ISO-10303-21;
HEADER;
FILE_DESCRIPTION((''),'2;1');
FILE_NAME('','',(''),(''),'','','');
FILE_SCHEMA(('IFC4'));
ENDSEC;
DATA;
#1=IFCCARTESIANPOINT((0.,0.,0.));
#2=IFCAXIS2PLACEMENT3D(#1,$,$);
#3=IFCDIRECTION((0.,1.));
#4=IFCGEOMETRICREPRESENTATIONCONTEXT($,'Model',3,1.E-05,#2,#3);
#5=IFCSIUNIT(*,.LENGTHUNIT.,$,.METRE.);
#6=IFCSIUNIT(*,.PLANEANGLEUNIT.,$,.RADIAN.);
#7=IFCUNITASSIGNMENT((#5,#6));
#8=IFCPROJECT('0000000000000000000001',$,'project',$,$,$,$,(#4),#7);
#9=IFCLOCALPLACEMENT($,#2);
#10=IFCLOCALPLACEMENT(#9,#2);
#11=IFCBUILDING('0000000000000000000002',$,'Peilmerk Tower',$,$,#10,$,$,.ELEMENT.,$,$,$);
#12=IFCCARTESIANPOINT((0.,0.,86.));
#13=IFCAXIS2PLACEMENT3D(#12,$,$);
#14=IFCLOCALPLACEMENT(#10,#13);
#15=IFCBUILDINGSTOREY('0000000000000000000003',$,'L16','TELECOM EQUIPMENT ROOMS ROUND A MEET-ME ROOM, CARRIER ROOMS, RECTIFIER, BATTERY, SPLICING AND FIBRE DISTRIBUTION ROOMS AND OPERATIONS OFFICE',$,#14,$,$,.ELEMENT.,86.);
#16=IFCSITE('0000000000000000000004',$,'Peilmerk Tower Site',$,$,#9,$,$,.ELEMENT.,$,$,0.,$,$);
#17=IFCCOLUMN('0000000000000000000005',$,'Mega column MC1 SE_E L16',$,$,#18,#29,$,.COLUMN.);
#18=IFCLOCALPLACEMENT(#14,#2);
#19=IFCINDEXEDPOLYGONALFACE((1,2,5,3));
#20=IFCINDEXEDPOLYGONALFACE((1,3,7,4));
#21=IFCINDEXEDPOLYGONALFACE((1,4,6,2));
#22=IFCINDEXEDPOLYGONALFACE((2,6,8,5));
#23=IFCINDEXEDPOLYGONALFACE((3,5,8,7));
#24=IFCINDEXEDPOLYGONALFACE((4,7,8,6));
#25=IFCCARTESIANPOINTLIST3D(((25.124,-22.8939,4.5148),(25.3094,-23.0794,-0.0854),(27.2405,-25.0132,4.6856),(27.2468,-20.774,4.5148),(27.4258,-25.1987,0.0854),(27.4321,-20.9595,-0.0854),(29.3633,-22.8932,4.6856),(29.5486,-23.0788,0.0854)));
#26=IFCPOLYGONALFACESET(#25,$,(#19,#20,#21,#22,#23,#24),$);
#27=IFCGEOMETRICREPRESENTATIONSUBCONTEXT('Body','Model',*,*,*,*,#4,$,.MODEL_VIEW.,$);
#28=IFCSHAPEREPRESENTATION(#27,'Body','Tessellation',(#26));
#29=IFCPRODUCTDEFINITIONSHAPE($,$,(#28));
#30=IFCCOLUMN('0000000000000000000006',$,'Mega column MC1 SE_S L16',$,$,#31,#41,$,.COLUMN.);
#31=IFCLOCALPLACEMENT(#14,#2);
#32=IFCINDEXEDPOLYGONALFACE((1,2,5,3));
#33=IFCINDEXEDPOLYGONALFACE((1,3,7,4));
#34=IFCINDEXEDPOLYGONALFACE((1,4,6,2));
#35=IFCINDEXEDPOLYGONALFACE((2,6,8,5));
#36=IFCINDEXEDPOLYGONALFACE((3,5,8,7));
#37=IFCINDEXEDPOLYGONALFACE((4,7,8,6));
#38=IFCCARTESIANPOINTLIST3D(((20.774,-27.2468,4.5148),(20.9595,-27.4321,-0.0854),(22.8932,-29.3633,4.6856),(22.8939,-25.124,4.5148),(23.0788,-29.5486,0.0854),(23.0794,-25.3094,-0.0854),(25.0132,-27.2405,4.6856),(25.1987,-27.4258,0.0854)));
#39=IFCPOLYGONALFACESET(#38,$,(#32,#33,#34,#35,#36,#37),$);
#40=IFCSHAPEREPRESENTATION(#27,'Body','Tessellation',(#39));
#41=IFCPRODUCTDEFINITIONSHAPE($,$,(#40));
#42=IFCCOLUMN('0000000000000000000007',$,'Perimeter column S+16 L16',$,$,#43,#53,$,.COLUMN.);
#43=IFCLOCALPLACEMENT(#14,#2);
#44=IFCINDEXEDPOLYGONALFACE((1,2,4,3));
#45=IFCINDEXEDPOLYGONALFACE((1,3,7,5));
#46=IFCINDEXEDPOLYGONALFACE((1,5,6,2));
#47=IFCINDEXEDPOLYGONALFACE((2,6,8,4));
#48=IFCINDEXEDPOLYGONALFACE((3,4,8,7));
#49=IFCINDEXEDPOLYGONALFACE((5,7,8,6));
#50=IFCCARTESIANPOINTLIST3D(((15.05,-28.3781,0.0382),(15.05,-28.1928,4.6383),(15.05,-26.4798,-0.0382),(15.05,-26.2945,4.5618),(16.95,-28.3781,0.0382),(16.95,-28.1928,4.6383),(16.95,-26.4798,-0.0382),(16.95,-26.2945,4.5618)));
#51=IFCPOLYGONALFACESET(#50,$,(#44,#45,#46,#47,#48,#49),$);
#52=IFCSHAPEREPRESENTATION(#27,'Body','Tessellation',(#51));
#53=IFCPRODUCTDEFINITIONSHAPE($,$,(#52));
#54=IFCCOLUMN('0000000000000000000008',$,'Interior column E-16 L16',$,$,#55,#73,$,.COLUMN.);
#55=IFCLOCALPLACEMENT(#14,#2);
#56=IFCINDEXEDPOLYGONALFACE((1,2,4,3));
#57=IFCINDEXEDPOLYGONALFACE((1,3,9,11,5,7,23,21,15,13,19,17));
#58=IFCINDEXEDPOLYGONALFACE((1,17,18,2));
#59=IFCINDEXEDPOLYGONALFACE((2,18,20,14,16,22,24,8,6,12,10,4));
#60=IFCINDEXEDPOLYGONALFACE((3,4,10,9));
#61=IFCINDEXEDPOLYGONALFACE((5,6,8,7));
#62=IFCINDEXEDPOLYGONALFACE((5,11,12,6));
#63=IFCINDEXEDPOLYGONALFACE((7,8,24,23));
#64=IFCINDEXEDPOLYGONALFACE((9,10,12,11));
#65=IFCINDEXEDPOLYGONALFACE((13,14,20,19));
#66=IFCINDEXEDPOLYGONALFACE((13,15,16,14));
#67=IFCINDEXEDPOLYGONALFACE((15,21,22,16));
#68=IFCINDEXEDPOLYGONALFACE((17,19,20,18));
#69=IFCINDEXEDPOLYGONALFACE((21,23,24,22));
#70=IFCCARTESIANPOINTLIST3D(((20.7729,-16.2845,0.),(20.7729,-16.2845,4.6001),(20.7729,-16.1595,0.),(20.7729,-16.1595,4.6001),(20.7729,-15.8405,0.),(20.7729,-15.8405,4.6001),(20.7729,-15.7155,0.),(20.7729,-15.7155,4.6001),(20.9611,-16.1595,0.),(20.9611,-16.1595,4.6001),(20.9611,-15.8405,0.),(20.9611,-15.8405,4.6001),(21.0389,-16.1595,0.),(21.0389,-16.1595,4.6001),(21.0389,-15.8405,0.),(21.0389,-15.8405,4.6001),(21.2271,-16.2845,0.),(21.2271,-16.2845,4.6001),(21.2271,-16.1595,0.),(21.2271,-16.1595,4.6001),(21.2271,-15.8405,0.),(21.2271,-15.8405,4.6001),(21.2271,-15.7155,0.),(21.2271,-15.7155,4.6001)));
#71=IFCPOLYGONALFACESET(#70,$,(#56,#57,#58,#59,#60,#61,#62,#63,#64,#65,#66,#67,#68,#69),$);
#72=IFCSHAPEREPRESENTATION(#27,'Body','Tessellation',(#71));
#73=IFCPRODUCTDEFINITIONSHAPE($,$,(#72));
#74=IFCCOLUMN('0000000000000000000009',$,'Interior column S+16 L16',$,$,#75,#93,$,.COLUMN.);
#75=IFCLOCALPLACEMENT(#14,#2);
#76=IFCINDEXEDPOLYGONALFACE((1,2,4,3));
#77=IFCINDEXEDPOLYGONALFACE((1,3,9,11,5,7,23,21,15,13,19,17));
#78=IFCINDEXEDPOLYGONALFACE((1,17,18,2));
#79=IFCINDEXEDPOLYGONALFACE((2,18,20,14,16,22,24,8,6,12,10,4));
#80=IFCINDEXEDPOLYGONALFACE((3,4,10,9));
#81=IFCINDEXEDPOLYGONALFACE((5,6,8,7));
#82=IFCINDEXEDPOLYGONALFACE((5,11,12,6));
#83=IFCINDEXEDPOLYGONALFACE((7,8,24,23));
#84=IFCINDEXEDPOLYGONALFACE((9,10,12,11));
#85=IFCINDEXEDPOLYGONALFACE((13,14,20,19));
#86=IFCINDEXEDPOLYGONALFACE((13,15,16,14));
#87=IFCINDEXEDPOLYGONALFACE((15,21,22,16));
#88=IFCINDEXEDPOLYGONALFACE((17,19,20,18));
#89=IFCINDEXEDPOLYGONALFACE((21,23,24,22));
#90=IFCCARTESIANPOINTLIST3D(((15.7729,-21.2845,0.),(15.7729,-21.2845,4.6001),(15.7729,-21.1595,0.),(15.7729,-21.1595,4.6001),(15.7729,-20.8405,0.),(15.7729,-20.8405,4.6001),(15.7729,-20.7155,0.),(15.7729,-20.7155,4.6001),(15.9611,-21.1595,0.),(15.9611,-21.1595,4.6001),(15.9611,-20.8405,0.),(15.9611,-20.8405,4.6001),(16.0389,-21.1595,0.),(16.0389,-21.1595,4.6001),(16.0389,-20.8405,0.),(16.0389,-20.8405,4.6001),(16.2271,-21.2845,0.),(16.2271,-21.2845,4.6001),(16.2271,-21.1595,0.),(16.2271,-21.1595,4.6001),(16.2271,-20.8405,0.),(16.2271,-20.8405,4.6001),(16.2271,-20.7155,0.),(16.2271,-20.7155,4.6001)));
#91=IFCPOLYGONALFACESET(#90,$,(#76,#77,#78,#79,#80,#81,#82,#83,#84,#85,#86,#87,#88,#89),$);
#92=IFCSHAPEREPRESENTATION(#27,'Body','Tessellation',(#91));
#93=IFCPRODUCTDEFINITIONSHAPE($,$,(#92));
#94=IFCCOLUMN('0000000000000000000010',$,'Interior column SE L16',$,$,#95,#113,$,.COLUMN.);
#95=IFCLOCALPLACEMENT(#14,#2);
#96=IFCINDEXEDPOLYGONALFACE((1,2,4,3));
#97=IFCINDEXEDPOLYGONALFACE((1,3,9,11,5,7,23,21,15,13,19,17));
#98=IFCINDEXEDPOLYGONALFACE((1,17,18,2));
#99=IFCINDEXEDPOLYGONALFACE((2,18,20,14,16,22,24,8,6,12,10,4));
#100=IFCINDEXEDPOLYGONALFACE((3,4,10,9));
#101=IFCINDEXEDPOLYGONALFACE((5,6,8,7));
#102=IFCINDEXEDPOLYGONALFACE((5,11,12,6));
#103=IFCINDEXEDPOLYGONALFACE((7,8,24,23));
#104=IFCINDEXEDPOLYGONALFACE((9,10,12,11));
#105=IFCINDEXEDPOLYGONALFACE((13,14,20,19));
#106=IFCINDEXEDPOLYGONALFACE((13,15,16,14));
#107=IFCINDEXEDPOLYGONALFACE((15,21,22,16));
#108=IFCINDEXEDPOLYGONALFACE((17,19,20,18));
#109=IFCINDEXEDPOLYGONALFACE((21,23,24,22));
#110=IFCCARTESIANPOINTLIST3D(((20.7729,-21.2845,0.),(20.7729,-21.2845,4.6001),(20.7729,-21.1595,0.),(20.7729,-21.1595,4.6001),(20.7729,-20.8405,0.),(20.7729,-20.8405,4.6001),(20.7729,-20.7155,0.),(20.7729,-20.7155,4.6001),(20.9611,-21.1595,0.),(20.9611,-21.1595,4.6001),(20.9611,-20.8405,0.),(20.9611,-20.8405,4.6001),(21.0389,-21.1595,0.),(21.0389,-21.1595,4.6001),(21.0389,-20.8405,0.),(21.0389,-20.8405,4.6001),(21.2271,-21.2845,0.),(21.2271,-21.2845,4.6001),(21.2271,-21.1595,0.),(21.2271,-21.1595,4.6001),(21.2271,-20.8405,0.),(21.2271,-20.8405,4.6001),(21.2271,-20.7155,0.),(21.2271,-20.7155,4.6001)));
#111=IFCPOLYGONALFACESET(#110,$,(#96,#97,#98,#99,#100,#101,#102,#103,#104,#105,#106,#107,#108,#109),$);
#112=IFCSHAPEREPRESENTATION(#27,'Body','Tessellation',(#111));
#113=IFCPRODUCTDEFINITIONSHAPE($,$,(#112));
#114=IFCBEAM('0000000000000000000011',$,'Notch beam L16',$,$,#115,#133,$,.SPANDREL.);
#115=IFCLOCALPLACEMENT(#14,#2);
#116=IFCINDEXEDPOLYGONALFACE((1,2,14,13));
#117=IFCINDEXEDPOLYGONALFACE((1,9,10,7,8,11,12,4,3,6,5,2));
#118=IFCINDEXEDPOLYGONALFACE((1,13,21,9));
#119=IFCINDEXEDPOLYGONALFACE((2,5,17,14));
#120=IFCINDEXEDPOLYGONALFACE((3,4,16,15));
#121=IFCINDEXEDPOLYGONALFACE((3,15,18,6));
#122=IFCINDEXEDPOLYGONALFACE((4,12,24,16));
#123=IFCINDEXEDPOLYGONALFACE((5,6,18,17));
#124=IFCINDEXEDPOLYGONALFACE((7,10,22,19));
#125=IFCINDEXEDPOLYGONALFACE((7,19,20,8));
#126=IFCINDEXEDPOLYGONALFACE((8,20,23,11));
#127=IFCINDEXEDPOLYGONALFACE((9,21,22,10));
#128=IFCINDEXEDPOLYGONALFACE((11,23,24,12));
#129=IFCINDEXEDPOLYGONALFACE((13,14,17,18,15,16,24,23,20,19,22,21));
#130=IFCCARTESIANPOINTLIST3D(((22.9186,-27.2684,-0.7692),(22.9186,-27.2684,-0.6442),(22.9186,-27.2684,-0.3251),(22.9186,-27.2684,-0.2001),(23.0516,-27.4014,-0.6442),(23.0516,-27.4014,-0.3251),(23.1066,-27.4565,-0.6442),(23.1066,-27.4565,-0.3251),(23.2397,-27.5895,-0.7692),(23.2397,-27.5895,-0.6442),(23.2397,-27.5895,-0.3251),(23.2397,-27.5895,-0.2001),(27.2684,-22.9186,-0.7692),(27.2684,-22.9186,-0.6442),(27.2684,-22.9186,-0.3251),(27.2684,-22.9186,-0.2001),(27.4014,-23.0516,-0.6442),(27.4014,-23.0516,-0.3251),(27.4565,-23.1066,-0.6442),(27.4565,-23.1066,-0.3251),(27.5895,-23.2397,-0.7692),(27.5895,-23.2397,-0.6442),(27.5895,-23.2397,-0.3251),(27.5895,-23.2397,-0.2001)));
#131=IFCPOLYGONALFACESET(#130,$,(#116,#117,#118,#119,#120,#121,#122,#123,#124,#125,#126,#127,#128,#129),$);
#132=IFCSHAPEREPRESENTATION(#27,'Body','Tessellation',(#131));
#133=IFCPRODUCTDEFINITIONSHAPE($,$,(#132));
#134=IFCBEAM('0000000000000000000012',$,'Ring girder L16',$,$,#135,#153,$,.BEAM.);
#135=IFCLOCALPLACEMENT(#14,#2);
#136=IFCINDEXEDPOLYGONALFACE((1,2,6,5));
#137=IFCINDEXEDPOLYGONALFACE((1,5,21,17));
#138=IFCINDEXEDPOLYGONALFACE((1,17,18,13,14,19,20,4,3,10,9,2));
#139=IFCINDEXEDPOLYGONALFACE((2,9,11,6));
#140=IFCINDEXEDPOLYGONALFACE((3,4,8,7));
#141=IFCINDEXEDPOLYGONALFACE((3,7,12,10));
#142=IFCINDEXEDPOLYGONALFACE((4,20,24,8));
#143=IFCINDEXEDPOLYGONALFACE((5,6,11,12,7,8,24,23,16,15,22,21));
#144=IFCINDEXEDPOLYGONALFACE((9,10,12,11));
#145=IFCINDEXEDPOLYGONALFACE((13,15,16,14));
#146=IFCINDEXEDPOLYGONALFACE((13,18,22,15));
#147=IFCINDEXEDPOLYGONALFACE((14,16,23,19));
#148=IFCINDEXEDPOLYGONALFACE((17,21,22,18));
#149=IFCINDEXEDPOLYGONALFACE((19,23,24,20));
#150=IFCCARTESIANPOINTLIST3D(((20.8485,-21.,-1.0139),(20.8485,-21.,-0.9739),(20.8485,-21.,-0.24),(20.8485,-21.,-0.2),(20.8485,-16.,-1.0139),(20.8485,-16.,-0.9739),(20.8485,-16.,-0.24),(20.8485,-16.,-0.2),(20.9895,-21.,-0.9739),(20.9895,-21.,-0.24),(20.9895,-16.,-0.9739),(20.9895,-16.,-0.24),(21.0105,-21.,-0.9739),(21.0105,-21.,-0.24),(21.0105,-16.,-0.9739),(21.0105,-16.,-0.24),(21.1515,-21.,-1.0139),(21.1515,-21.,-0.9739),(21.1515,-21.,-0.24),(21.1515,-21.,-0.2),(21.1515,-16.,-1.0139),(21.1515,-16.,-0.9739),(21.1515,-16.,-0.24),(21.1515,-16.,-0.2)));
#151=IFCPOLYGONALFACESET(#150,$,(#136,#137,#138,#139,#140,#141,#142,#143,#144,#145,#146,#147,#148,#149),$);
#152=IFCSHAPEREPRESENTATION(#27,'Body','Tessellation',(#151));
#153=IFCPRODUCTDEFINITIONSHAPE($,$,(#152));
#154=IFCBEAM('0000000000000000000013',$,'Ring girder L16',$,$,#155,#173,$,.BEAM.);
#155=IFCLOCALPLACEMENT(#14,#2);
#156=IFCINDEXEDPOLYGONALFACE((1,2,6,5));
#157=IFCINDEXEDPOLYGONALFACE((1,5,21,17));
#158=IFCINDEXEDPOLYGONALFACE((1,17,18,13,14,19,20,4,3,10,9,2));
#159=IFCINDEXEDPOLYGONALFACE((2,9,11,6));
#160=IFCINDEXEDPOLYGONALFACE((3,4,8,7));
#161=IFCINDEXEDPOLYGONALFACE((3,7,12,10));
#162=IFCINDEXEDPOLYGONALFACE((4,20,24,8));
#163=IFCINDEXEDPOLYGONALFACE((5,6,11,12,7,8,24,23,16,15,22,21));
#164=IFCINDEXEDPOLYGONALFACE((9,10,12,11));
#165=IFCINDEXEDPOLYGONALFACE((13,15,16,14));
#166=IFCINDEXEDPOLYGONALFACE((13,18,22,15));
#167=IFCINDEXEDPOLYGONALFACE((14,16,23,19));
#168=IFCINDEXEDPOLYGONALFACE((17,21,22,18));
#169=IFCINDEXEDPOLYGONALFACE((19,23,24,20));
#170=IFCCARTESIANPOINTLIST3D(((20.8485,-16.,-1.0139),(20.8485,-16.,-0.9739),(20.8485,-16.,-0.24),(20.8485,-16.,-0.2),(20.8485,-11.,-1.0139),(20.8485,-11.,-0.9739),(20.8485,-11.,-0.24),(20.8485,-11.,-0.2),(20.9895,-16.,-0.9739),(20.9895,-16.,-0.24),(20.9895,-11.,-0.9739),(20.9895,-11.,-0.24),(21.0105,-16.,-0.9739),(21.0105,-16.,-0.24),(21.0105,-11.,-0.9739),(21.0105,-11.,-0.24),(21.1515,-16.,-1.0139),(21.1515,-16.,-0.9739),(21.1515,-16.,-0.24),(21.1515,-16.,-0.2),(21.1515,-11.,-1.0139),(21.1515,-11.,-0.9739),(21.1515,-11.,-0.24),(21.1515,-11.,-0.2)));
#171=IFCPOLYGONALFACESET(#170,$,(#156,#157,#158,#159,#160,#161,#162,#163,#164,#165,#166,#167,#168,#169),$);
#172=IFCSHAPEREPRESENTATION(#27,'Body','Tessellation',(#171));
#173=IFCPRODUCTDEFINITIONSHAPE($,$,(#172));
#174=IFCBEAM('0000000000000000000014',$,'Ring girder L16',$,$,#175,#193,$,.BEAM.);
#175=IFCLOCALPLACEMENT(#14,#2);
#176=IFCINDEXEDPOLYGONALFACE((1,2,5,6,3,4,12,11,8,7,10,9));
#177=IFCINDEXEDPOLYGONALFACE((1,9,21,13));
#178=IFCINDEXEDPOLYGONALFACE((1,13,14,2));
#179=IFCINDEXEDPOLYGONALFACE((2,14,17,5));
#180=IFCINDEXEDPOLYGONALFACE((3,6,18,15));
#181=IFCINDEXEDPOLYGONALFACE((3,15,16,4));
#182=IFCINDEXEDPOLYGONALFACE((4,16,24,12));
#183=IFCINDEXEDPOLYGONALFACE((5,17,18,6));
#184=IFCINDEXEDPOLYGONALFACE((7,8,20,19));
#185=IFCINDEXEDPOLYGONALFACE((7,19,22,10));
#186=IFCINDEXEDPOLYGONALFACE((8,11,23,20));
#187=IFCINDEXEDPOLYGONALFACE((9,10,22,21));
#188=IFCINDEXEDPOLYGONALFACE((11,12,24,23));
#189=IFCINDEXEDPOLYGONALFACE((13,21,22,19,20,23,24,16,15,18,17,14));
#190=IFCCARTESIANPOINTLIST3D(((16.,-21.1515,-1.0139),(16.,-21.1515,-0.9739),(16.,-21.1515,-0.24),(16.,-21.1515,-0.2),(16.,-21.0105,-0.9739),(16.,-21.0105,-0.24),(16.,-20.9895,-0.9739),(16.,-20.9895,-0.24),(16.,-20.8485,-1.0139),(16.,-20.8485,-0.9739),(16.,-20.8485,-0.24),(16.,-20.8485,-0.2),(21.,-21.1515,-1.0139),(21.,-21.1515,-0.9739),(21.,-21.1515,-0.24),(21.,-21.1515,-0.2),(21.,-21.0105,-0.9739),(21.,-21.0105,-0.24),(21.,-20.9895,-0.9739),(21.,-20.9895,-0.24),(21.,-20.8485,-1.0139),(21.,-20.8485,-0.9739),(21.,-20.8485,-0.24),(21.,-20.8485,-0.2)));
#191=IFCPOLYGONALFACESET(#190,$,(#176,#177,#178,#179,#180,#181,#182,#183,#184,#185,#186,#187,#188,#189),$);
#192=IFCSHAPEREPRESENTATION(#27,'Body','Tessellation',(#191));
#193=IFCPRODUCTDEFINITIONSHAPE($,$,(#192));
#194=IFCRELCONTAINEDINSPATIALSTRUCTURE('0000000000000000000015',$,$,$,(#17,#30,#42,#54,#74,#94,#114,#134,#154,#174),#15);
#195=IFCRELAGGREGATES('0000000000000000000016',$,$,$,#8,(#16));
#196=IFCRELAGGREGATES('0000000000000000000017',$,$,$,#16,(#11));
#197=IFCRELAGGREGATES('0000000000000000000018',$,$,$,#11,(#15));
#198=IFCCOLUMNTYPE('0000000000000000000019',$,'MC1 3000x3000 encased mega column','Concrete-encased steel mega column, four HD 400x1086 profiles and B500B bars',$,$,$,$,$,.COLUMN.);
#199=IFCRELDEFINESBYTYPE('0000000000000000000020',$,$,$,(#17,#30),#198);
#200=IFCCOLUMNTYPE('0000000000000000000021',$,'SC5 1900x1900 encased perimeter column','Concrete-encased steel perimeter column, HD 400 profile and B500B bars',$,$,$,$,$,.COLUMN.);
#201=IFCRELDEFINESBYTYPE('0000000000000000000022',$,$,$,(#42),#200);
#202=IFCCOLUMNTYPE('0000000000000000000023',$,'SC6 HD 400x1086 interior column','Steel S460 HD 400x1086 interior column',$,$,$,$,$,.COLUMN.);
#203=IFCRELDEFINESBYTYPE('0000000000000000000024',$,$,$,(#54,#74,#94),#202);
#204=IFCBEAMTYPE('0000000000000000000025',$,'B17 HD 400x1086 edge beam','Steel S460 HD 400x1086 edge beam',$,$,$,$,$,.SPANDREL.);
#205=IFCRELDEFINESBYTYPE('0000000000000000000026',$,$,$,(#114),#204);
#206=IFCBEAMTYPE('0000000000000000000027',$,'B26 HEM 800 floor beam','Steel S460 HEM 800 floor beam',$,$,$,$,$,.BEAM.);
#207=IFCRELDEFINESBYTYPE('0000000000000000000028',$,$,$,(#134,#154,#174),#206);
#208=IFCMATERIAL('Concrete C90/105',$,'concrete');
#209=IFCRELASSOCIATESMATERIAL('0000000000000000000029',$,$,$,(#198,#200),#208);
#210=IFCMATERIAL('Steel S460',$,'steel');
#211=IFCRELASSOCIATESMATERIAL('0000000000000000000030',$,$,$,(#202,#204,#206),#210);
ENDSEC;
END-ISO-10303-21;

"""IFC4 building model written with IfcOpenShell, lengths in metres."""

from ifc_helpers import new_model, si_unit, direction, frame, origin, origin_2d, place, context, subcontext, project, spatial, rectangle, i_section, extrude, material, material_profile, profile_set, type_object, element, save


model = new_model("IFC4")

# Units and contexts
model_context = context("Model", 3, precision=1e-05, world=origin(), true_north=direction((0.0, 1.0)))
body_context = subcontext(model_context, "Body", "Model", "MODEL_VIEW")
ifc_project = project(units=[si_unit("LENGTHUNIT", "METRE"), si_unit("PLANEANGLEUNIT", "RADIAN")], contexts=[model_context])

# Site, building, storey
site_placement = place(None, origin())
site = spatial("IfcSite", under=ifc_project, at=site_placement, Name="Peilmerk Tower Site", CompositionType="ELEMENT", RefElevation=0.0)
building_placement = place(site_placement, origin())
building = spatial("IfcBuilding", under=site, at=building_placement, Name="Peilmerk Tower", CompositionType="ELEMENT")
storey_placement = place(building_placement, frame((0.0, 0.0, 86.0)))
storey = spatial("IfcBuildingStorey", under=building, at=storey_placement, Name="L16", Description="TELECOM EQUIPMENT ROOMS ROUND A MEET-ME ROOM, CARRIER ROOMS, RECTIFIER, BATTERY, SPLICING AND FIBRE DISTRIBUTION ROOMS AND OPERATIONS OFFICE", CompositionType="ELEMENT", Elevation=86.0)

# Columns
ifc_material_1 = material(Name="Concrete C90/105", Category="concrete")
ifc_material_profile_1 = material_profile(ifc_material_1, rectangle(XDim=3.0, YDim=3.0, at=origin_2d()), Name="RC 3000x3000")
ifc_profile_set_1 = profile_set([ifc_material_profile_1], Name="Concrete C90/105")
column_type_1 = type_object("IfcColumnType", Name="MC1 3000x3000 encased mega column", Description="Concrete-encased steel mega column, four HD 400x1086 profiles and B500B bars", PredefinedType="COLUMN", material=ifc_profile_set_1)
for number, where, z_axis, x_axis, name in (
    (1, (27.429, -23.0791, 0.0), (-0.040217, 0.04027, 0.998379), (-0.707572, -0.706641, 0.0), "Mega column MC1 SE_E L16"),
    (2, (23.0791, -27.429, 0.0), (-0.04027, 0.040217, 0.998379), (-0.706641, -0.707572, 0.0), "Mega column MC1 SE_S L16"),
):
    element("IfcColumn", number, at=place(storey_placement, frame(where, z_axis=z_axis, x_axis=x_axis)), inside=storey, type_object=column_type_1, Name=name, PredefinedType="COLUMN", context=body_context, shape_type="SweptSolid", body=[
        extrude(rectangle(XDim=3.0, YDim=3.0, at=origin_2d()), origin(), (0.0, 0.0, 1.0), 4.6077),
    ])
ifc_material_profile_2 = material_profile(ifc_material_1, rectangle(XDim=1.8999, YDim=1.8999, at=origin_2d()), Name="RC 1900x1900")
ifc_profile_set_2 = profile_set([ifc_material_profile_2], Name="Concrete C90/105")
column_type_2 = type_object("IfcColumnType", Name="SC5 1900x1900 encased perimeter column", Description="Concrete-encased steel perimeter column, HD 400 profile and B500B bars", PredefinedType="COLUMN", material=ifc_profile_set_2)
column_placement = place(storey_placement, frame((16.0, -27.429, 0.0), z_axis=(0.0, 0.04025, 0.99919), x_axis=(-1.0, 0.0, 0.0)))
element("IfcColumn", 3, at=column_placement, inside=storey, type_object=column_type_2, Name="Perimeter column S+16 L16", PredefinedType="COLUMN", context=body_context, shape_type="SweptSolid", body=[
    extrude(rectangle(XDim=1.8999, YDim=1.8999, at=origin_2d()), origin(), (0.0, 0.0, 1.0), 4.6038),
])
ifc_material_2 = material(Name="Steel S460", Category="steel")
ifc_material_profile_3 = material_profile(ifc_material_2, i_section(OverallWidth=0.4541, OverallDepth=0.5691, WebThickness=0.0779, FlangeThickness=0.125, at=origin_2d()), Name="HD 400x1086")
ifc_profile_set_3 = profile_set([ifc_material_profile_3], Name="Steel S460")
column_type_3 = type_object("IfcColumnType", Name="SC6 HD 400x1086 interior column", Description="Steel S460 HD 400x1086 interior column", PredefinedType="COLUMN", material=ifc_profile_set_3)
for number, where, z_axis, x_axis, name in (
    (4, (21.0, -16.0, 0.0), (0.0, 0.0, 1.0), (1.0, 0.0, 0.0), "Interior column E-16 L16"),
    (5, (16.0, -21.0, 0.0), (0.0, 0.0, 1.0), (1.0, 0.0, 0.0), "Interior column S+16 L16"),
    (6, (21.0, -21.0, 0.0), (0.0, 0.0, 1.0), (1.0, 0.0, 0.0), "Interior column SE L16"),
):
    element("IfcColumn", number, at=place(storey_placement, frame(where, z_axis=z_axis, x_axis=x_axis)), inside=storey, type_object=column_type_3, Name=name, PredefinedType="COLUMN", context=body_context, shape_type="SweptSolid", body=[
        extrude(i_section(OverallWidth=0.4541, OverallDepth=0.5691, WebThickness=0.0779, FlangeThickness=0.125, at=origin_2d()), origin(), (0.0, 0.0, 1.0), 4.6001),
    ])

# Beams
ifc_material_profile_4 = material_profile(ifc_material_2, i_section(OverallWidth=0.4541, OverallDepth=0.5691, WebThickness=0.0779, FlangeThickness=0.125, at=origin_2d()), Name="HD 400x1086")
ifc_profile_set_4 = profile_set([ifc_material_profile_4], Name="Steel S460")
beam_type_1 = type_object("IfcBeamType", Name="B17 HD 400x1086 edge beam", Description="Steel S460 HD 400x1086 edge beam", PredefinedType="SPANDREL", material=ifc_profile_set_4)
beam_1_placement = place(storey_placement, frame((27.429, -23.0791, -0.4846), z_axis=(-0.707107, -0.707107, 0.0), x_axis=(0.707107, -0.707107, 0.0)))
element("IfcBeam", 7, at=beam_1_placement, inside=storey, type_object=beam_type_1, Name="Notch beam L16", PredefinedType="SPANDREL", context=body_context, shape_type="SweptSolid", body=[
    extrude(i_section(OverallWidth=0.4541, OverallDepth=0.5691, WebThickness=0.0779, FlangeThickness=0.125, at=origin_2d()), origin(), (0.0, 0.0, 1.0), 6.1516),
])
ifc_material_profile_5 = material_profile(ifc_material_2, i_section(OverallWidth=0.303, OverallDepth=0.814, WebThickness=0.021, FlangeThickness=0.04, at=origin_2d()), Name="HEM 800")
ifc_profile_set_5 = profile_set([ifc_material_profile_5], Name="Steel S460")
beam_type_2 = type_object("IfcBeamType", Name="B26 HEM 800 floor beam", Description="Steel S460 HEM 800 floor beam", PredefinedType="BEAM", material=ifc_profile_set_5)
for number, where, z_axis, x_axis, name in (
    (8, (21.0, -21.0, -0.6069), (0.0, 1.0, 0.0), (-1.0, 0.0, 0.0), "Ring girder L16"),
    (9, (21.0, -16.0, -0.6069), (0.0, 1.0, 0.0), (-1.0, 0.0, 0.0), "Ring girder L16"),
    (10, (16.0, -21.0, -0.6069), (1.0, 0.0, 0.0), (0.0, 1.0, 0.0), "Ring girder L16"),
):
    element("IfcBeam", number, at=place(storey_placement, frame(where, z_axis=z_axis, x_axis=x_axis)), inside=storey, type_object=beam_type_2, Name=name, PredefinedType="BEAM", context=body_context, shape_type="SweptSolid", body=[
        extrude(i_section(OverallWidth=0.303, OverallDepth=0.814, WebThickness=0.021, FlangeThickness=0.04, at=origin_2d()), origin(), (0.0, 0.0, 1.0), 5.0),
    ])

save(model, "model.ifc")
